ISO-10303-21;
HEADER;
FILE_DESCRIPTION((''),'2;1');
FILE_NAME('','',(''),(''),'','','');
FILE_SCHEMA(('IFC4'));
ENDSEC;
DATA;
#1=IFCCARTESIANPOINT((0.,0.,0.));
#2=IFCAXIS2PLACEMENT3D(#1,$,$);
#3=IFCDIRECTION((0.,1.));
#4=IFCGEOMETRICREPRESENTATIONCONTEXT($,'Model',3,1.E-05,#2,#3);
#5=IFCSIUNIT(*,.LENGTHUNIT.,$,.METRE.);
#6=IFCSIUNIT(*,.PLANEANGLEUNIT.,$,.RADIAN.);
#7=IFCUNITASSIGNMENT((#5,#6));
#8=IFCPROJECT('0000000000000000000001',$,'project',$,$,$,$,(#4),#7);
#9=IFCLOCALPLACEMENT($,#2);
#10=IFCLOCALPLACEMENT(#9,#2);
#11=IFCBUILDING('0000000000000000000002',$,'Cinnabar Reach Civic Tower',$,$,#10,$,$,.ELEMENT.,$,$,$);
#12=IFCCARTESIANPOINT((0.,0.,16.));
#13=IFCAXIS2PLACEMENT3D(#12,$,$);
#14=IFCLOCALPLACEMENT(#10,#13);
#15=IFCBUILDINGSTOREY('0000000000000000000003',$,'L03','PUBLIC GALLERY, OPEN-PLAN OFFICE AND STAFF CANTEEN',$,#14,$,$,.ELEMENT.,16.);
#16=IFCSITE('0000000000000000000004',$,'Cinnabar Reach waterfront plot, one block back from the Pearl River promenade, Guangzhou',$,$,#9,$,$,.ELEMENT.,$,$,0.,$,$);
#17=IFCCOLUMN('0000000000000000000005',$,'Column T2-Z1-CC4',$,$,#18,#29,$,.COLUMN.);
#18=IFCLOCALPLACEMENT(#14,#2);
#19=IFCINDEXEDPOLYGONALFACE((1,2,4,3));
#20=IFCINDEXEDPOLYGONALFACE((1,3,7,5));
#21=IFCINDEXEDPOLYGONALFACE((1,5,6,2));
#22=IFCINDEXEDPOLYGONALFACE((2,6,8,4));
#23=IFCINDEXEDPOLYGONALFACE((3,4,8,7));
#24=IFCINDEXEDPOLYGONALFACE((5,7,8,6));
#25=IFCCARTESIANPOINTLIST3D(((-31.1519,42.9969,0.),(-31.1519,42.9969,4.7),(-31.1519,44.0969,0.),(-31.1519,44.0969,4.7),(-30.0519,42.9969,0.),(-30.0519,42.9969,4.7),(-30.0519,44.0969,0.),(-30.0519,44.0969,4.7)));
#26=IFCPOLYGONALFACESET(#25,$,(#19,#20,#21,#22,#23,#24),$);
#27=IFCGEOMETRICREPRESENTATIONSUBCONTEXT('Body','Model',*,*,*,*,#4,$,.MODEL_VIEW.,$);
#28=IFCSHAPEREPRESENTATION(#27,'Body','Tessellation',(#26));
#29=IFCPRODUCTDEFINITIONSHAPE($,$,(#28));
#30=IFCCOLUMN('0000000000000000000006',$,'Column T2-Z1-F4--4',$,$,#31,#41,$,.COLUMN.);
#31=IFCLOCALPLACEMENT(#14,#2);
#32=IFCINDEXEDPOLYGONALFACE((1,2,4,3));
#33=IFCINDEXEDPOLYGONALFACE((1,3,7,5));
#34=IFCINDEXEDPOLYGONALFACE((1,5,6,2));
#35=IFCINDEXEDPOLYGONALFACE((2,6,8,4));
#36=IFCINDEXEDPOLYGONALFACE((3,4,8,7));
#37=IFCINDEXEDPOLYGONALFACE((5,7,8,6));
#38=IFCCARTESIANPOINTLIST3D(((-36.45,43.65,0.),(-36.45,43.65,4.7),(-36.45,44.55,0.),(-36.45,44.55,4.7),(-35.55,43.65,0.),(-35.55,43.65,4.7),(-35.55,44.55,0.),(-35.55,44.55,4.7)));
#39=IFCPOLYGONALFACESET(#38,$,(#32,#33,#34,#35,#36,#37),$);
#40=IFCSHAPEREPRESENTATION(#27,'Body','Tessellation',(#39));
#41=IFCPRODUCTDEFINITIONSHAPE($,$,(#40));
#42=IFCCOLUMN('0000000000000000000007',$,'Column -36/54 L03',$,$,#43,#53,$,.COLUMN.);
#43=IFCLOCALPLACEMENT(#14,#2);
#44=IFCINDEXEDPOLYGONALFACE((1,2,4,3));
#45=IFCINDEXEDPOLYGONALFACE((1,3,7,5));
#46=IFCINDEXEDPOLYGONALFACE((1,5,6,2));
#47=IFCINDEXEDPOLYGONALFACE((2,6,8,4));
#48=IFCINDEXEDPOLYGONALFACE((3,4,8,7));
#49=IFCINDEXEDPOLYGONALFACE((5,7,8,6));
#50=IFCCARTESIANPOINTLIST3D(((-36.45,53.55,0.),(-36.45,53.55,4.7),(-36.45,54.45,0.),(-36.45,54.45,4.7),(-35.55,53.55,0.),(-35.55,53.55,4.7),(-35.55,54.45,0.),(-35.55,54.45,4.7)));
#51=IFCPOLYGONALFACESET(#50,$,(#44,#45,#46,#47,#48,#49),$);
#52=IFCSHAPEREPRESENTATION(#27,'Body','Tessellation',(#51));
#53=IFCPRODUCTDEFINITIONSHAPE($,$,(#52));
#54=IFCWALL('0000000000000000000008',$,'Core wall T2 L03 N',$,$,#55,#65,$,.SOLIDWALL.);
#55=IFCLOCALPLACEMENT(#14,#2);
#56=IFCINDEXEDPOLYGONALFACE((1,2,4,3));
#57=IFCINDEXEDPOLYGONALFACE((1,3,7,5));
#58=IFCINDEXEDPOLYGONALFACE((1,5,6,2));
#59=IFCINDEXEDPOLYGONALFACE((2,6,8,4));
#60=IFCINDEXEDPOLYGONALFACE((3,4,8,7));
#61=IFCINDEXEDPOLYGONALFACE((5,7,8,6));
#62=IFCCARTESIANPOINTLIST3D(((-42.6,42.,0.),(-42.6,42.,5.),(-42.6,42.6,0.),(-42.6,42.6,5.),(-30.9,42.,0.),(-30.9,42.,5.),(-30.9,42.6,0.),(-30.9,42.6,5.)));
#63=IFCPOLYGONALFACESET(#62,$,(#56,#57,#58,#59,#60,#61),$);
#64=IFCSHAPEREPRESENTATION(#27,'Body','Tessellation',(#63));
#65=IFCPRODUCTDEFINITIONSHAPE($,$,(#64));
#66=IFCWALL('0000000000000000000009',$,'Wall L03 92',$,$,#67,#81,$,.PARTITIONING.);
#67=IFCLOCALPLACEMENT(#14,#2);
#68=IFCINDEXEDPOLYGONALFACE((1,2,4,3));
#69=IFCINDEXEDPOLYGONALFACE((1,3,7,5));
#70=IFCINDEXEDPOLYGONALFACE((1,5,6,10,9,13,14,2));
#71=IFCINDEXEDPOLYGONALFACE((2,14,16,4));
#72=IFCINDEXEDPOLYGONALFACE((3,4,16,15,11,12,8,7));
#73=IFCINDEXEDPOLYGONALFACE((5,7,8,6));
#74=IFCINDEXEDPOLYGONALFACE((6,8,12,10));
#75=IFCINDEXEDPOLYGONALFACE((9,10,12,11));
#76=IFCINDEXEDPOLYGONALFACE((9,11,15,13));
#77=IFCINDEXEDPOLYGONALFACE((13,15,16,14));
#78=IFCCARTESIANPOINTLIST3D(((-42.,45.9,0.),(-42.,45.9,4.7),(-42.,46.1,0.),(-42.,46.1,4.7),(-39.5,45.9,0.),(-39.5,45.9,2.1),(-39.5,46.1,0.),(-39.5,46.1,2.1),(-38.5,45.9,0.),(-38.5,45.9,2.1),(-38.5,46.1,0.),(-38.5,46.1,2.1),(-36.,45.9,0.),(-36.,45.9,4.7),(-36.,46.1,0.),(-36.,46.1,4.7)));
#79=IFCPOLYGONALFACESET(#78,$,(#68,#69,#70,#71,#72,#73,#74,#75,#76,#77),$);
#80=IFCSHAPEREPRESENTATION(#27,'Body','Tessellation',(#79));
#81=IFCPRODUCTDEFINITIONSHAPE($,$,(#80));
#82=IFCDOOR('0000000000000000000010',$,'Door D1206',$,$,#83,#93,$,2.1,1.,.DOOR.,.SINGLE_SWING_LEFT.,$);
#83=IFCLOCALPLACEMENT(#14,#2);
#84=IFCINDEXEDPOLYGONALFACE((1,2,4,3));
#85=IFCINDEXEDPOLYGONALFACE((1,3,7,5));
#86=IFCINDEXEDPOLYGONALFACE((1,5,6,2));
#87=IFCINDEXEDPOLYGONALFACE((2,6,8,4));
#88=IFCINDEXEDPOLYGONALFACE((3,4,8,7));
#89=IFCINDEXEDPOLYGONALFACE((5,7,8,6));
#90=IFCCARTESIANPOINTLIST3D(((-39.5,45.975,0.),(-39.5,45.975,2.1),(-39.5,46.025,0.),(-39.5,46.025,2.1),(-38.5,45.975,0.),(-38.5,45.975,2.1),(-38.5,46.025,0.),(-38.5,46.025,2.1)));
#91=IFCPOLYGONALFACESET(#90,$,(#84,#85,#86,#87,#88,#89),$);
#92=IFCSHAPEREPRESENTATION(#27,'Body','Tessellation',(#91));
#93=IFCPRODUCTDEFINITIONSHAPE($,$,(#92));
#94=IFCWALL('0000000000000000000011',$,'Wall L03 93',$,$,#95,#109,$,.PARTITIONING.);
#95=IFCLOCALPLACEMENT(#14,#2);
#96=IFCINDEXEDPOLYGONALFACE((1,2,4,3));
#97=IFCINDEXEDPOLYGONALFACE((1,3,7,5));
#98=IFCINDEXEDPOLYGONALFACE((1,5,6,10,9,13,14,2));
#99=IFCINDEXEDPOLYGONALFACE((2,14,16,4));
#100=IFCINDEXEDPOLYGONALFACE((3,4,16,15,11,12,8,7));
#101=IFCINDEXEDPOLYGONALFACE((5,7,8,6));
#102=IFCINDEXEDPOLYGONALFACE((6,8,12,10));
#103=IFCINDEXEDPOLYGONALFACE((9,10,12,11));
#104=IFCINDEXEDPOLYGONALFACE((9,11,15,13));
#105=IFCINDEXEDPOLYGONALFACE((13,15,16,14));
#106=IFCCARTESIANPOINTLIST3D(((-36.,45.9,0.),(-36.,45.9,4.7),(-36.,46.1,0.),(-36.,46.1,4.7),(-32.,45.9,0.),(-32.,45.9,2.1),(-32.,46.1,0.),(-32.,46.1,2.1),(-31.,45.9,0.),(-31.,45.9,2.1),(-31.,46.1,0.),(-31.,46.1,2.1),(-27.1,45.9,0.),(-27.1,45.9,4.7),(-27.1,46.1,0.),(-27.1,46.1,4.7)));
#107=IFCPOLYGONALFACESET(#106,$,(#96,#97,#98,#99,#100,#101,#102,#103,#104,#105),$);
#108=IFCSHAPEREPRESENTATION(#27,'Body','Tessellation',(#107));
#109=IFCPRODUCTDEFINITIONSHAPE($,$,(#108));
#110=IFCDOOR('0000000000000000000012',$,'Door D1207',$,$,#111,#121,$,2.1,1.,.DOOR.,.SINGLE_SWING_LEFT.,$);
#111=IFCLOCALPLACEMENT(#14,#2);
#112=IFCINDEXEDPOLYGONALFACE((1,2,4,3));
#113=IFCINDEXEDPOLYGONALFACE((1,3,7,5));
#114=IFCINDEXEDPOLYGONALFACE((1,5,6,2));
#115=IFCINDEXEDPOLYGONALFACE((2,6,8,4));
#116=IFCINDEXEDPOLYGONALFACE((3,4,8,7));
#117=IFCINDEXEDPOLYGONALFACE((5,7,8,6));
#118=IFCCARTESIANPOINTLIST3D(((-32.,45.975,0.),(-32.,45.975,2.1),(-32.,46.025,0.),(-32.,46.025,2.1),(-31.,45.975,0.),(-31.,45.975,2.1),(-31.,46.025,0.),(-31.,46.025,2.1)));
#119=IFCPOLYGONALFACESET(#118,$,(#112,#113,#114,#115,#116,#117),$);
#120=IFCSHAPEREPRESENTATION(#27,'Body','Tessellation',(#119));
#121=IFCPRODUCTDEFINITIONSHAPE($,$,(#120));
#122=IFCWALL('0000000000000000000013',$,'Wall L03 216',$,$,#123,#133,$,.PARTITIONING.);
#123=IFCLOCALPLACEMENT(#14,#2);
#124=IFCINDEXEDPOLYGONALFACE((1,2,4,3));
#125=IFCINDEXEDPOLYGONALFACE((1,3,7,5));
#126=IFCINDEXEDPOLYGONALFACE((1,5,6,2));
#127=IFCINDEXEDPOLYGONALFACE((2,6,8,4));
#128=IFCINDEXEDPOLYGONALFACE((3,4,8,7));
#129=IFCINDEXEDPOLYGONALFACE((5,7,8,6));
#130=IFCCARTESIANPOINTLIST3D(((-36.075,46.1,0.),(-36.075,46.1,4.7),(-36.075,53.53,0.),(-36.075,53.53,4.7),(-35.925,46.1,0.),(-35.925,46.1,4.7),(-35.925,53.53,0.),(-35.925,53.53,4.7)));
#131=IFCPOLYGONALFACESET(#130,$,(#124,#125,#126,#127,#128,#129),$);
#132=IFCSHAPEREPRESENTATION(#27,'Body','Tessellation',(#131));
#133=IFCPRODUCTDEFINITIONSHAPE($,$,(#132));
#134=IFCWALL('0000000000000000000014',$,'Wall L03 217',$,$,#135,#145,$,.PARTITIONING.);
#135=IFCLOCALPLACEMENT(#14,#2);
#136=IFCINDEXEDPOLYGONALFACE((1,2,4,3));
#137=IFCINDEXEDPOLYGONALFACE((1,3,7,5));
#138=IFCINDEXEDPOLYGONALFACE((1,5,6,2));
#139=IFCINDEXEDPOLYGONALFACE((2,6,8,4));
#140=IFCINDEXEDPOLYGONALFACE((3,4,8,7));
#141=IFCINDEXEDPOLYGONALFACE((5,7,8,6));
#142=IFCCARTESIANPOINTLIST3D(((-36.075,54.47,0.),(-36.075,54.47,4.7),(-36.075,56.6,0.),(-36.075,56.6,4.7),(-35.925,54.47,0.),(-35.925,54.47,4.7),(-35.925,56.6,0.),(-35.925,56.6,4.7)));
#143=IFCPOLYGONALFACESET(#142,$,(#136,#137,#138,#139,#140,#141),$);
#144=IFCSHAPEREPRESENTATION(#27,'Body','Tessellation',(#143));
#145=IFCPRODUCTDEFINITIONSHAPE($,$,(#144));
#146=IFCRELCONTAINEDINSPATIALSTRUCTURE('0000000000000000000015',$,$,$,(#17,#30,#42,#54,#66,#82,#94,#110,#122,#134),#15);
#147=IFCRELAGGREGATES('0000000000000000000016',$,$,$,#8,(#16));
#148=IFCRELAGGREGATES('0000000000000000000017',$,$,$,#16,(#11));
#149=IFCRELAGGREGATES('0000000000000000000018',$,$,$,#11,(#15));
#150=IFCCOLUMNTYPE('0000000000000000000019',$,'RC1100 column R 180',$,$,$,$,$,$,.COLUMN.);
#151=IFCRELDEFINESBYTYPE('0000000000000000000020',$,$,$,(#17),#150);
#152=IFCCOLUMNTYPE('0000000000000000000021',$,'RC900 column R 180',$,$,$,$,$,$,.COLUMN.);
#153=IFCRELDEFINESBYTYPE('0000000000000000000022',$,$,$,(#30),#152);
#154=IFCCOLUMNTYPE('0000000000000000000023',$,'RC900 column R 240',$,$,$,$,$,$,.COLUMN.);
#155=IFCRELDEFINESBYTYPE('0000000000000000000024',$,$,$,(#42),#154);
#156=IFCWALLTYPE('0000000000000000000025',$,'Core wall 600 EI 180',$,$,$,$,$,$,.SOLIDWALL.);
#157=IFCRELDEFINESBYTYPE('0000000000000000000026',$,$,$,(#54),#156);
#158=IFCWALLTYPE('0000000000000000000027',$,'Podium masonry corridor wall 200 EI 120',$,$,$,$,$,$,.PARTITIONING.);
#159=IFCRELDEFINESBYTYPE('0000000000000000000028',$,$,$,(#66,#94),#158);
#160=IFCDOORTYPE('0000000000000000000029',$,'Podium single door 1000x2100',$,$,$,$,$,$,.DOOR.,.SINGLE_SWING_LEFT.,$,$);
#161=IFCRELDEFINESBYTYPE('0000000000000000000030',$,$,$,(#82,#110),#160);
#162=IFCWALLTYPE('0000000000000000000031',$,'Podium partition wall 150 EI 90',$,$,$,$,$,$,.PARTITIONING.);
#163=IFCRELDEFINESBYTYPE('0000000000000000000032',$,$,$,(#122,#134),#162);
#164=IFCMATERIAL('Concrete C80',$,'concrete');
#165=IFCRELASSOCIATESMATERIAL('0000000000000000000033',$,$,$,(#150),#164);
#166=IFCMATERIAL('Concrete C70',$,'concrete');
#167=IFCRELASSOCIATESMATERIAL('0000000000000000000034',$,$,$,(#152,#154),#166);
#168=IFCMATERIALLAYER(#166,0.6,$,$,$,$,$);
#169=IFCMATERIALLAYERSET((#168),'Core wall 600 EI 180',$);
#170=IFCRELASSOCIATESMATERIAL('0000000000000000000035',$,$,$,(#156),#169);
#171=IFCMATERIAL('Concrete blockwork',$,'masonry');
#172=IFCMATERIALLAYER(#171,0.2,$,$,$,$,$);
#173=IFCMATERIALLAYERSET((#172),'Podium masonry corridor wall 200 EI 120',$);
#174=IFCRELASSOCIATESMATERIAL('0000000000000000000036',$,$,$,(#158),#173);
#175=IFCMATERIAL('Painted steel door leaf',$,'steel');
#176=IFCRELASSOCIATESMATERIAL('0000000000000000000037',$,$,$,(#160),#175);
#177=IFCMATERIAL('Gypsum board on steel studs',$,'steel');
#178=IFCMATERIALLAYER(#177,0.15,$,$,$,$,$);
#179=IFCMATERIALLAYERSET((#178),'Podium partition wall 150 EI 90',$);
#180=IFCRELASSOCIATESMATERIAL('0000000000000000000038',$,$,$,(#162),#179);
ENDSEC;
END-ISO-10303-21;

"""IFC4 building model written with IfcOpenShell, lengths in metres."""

from ifc_helpers import new_model, si_unit, direction, frame, frame_2d, origin, origin_2d, place, context, subcontext, project, spatial, rectangle, extrude, material, layer, layer_set, material_profile, profile_set, type_object, element, fill, save


model = new_model("IFC4")

# Units and contexts
model_context = context("Model", 3, precision=1e-05, world=origin(), true_north=direction((0.0, 1.0)))
body_context = subcontext(model_context, "Body", "Model", "MODEL_VIEW")
ifc_project = project(units=[si_unit("LENGTHUNIT", "METRE"), si_unit("PLANEANGLEUNIT", "RADIAN")], contexts=[model_context])

# Site, building, storey
site_placement = place(None, origin())
site = spatial("IfcSite", under=ifc_project, at=site_placement, Name="Cinnabar Reach waterfront plot, one block back from the Pearl River promenade, Guangzhou", CompositionType="ELEMENT", RefElevation=0.0)
building_placement = place(site_placement, origin())
building = spatial("IfcBuilding", under=site, at=building_placement, Name="Cinnabar Reach Civic Tower", CompositionType="ELEMENT")
storey_placement = place(building_placement, frame((0.0, 0.0, 16.0)))
storey = spatial("IfcBuildingStorey", under=building, at=storey_placement, Name="L03", Description="PUBLIC GALLERY, OPEN-PLAN OFFICE AND STAFF CANTEEN", CompositionType="ELEMENT", Elevation=16.0)

# Columns
ifc_material_1 = material(Name="Concrete C80", Category="concrete")
ifc_material_profile_1 = material_profile(ifc_material_1, rectangle(XDim=1.1, YDim=1.1, at=origin_2d()), Name="RC1100")
ifc_profile_set_1 = profile_set([ifc_material_profile_1], Name="Concrete C80")
column_type_1 = type_object("IfcColumnType", Name="RC1100 column R 180", PredefinedType="COLUMN", material=ifc_profile_set_1)
column_1_placement = place(storey_placement, frame((-30.6019, 43.5469, 0.0), z_axis=(0.0, 0.0, 1.0), x_axis=(1.0, 0.0, 0.0)))
element("IfcColumn", 1, at=column_1_placement, inside=storey, type_object=column_type_1, Name="Column T2-Z1-CC4", PredefinedType="COLUMN", context=body_context, shape_type="SweptSolid", body=[
    extrude(rectangle(XDim=1.1, YDim=1.1, at=origin_2d()), origin(), (0.0, 0.0, 1.0), 4.7),
])
ifc_material_2 = material(Name="Concrete C70", Category="concrete")
ifc_material_profile_2 = material_profile(ifc_material_2, rectangle(XDim=0.9, YDim=0.9, at=origin_2d()), Name="RC900")
ifc_profile_set_2 = profile_set([ifc_material_profile_2], Name="Concrete C70")
column_type_2 = type_object("IfcColumnType", Name="RC900 column R 180", PredefinedType="COLUMN", material=ifc_profile_set_2)
column_2_placement = place(storey_placement, frame((-36.0, 44.1, 0.0), z_axis=(0.0, 0.0, 1.0), x_axis=(1.0, 0.0, 0.0)))
element("IfcColumn", 2, at=column_2_placement, inside=storey, type_object=column_type_2, Name="Column T2-Z1-F4--4", PredefinedType="COLUMN", context=body_context, shape_type="SweptSolid", body=[
    extrude(rectangle(XDim=0.9, YDim=0.9, at=origin_2d()), origin(), (0.0, 0.0, 1.0), 4.7),
])
ifc_material_profile_3 = material_profile(ifc_material_2, rectangle(XDim=0.9, YDim=0.9, at=origin_2d()), Name="RC900")
ifc_profile_set_3 = profile_set([ifc_material_profile_3], Name="Concrete C70")
column_type_3 = type_object("IfcColumnType", Name="RC900 column R 240", PredefinedType="COLUMN", material=ifc_profile_set_3)
column_3_placement = place(storey_placement, frame((-36.0, 54.0, 0.0), z_axis=(0.0, 0.0, 1.0), x_axis=(1.0, 0.0, 0.0)))
element("IfcColumn", 3, at=column_3_placement, inside=storey, type_object=column_type_3, Name="Column -36/54 L03", PredefinedType="COLUMN", context=body_context, shape_type="SweptSolid", body=[
    extrude(rectangle(XDim=0.9, YDim=0.9, at=origin_2d()), origin(), (0.0, 0.0, 1.0), 4.7),
])

# Wall
ifc_layer_1 = layer(ifc_material_2, 0.6)
ifc_layer_set_1 = layer_set([ifc_layer_1], Name="Core wall 600 EI 180")
wall_type_1 = type_object("IfcWallType", Name="Core wall 600 EI 180", PredefinedType="SOLIDWALL", material=ifc_layer_set_1)
wall_1_placement = place(storey_placement, frame((-30.9, 42.3, 0.0), z_axis=(0.0, 0.0, 1.0), x_axis=(-1.0, 0.0, 0.0)))
element("IfcWall", 4, at=wall_1_placement, inside=storey, type_object=wall_type_1, Name="Core wall T2 L03 N", PredefinedType="SOLIDWALL", context=body_context, shape_type="SweptSolid", body=[
    extrude(rectangle(XDim=11.7, YDim=0.6, at=frame_2d((5.85, 0.0))), origin(), (0.0, 0.0, 1.0), 5.0),
])

# Walls, openings, doors
ifc_material_3 = material(Name="Concrete blockwork", Category="masonry")
ifc_layer_2 = layer(ifc_material_3, 0.2)
ifc_layer_set_2 = layer_set([ifc_layer_2], Name="Podium masonry corridor wall 200 EI 120")
wall_type_2 = type_object("IfcWallType", Name="Podium masonry corridor wall 200 EI 120", PredefinedType="PARTITIONING", material=ifc_layer_set_2)
wall_2_placement = place(storey_placement, frame((-42.0, 46.0, 0.0), z_axis=(0.0, 0.0, 1.0), x_axis=(1.0, 0.0, 0.0)))
wall_2 = element("IfcWall", 5, at=wall_2_placement, inside=storey, type_object=wall_type_2, Name="Wall L03 92", PredefinedType="PARTITIONING", context=body_context, shape_type="SweptSolid", body=[
    extrude(rectangle(XDim=6.0, YDim=0.2, at=frame_2d((3.0, 0.0))), origin(), (0.0, 0.0, 1.0), 4.7),
])
opening_1_placement = place(wall_2_placement, frame((2.5, 0.0, 0.0)))
opening_1 = element("IfcOpeningElement", 6, at=opening_1_placement, cuts=wall_2, PredefinedType="OPENING", context=body_context, shape_type="SweptSolid", body=[
    extrude(rectangle(XDim=1.0, YDim=2.1, at=frame_2d((0.5, 1.05))), frame((0.0, 0.11, 0.0), z_axis=(0.0, -1.0, 0.0), x_axis=(1.0, 0.0, 0.0)), (0.0, 0.0, 1.0), 0.22),
])
ifc_material_4 = material(Name="Painted steel door leaf", Category="steel")
door_type_1 = type_object("IfcDoorType", Name="Podium single door 1000x2100", OperationType="SINGLE_SWING_LEFT", PredefinedType="DOOR", material=ifc_material_4)
door_1_placement = place(opening_1_placement, origin())
door_1 = element("IfcDoor", 7, at=door_1_placement, inside=storey, type_object=door_type_1, Name="Door D1206", OperationType="SINGLE_SWING_LEFT", OverallHeight=2.1, OverallWidth=1.0, PredefinedType="DOOR", context=body_context, shape_type="SweptSolid", body=[
    extrude(rectangle(XDim=1.0, YDim=2.1, at=frame_2d((0.5, 1.05))), frame((0.0, 0.025, 0.0), z_axis=(0.0, -1.0, 0.0), x_axis=(1.0, 0.0, 0.0)), (0.0, 0.0, 1.0), 0.05),
])
fill(opening_1, door_1)
wall_3_placement = place(storey_placement, frame((-36.0, 46.0, 0.0), z_axis=(0.0, 0.0, 1.0), x_axis=(1.0, 0.0, 0.0)))
wall_3 = element("IfcWall", 8, at=wall_3_placement, inside=storey, type_object=wall_type_2, Name="Wall L03 93", PredefinedType="PARTITIONING", context=body_context, shape_type="SweptSolid", body=[
    extrude(rectangle(XDim=8.9, YDim=0.2, at=frame_2d((4.45, 0.0))), origin(), (0.0, 0.0, 1.0), 4.7),
])
opening_2_placement = place(wall_3_placement, frame((4.0, 0.0, 0.0)))
opening_2 = element("IfcOpeningElement", 9, at=opening_2_placement, cuts=wall_3, PredefinedType="OPENING", context=body_context, shape_type="SweptSolid", body=[
    extrude(rectangle(XDim=1.0, YDim=2.1, at=frame_2d((0.5, 1.05))), frame((0.0, 0.11, 0.0), z_axis=(0.0, -1.0, 0.0), x_axis=(1.0, 0.0, 0.0)), (0.0, 0.0, 1.0), 0.22),
])
door_2_placement = place(opening_2_placement, origin())
door_2 = element("IfcDoor", 10, at=door_2_placement, inside=storey, type_object=door_type_1, Name="Door D1207", OperationType="SINGLE_SWING_LEFT", OverallHeight=2.1, OverallWidth=1.0, PredefinedType="DOOR", context=body_context, shape_type="SweptSolid", body=[
    extrude(rectangle(XDim=1.0, YDim=2.1, at=frame_2d((0.5, 1.05))), frame((0.0, 0.025, 0.0), z_axis=(0.0, -1.0, 0.0), x_axis=(1.0, 0.0, 0.0)), (0.0, 0.0, 1.0), 0.05),
])
fill(opening_2, door_2)

# Walls
ifc_material_5 = material(Name="Gypsum board on steel studs", Category="steel")
ifc_layer_3 = layer(ifc_material_5, 0.15)
ifc_layer_set_3 = layer_set([ifc_layer_3], Name="Podium partition wall 150 EI 90")
wall_type_3 = type_object("IfcWallType", Name="Podium partition wall 150 EI 90", PredefinedType="PARTITIONING", material=ifc_layer_set_3)
wall_4_placement = place(storey_placement, frame((-36.0, 46.1, 0.0), z_axis=(0.0, 0.0, 1.0), x_axis=(0.0, 1.0, 0.0)))
element("IfcWall", 11, at=wall_4_placement, inside=storey, type_object=wall_type_3, Name="Wall L03 216", PredefinedType="PARTITIONING", context=body_context, shape_type="SweptSolid", body=[
    extrude(rectangle(XDim=7.43, YDim=0.15, at=frame_2d((3.715, 0.0))), origin(), (0.0, 0.0, 1.0), 4.7),
])
wall_5_placement = place(storey_placement, frame((-36.0, 54.47, 0.0), z_axis=(0.0, 0.0, 1.0), x_axis=(0.0, 1.0, 0.0)))
element("IfcWall", 12, at=wall_5_placement, inside=storey, type_object=wall_type_3, Name="Wall L03 217", PredefinedType="PARTITIONING", context=body_context, shape_type="SweptSolid", body=[
    extrude(rectangle(XDim=2.13, YDim=0.15, at=frame_2d((1.065, 0.0))), origin(), (0.0, 0.0, 1.0), 4.7),
])

save(model, "model.ifc")
